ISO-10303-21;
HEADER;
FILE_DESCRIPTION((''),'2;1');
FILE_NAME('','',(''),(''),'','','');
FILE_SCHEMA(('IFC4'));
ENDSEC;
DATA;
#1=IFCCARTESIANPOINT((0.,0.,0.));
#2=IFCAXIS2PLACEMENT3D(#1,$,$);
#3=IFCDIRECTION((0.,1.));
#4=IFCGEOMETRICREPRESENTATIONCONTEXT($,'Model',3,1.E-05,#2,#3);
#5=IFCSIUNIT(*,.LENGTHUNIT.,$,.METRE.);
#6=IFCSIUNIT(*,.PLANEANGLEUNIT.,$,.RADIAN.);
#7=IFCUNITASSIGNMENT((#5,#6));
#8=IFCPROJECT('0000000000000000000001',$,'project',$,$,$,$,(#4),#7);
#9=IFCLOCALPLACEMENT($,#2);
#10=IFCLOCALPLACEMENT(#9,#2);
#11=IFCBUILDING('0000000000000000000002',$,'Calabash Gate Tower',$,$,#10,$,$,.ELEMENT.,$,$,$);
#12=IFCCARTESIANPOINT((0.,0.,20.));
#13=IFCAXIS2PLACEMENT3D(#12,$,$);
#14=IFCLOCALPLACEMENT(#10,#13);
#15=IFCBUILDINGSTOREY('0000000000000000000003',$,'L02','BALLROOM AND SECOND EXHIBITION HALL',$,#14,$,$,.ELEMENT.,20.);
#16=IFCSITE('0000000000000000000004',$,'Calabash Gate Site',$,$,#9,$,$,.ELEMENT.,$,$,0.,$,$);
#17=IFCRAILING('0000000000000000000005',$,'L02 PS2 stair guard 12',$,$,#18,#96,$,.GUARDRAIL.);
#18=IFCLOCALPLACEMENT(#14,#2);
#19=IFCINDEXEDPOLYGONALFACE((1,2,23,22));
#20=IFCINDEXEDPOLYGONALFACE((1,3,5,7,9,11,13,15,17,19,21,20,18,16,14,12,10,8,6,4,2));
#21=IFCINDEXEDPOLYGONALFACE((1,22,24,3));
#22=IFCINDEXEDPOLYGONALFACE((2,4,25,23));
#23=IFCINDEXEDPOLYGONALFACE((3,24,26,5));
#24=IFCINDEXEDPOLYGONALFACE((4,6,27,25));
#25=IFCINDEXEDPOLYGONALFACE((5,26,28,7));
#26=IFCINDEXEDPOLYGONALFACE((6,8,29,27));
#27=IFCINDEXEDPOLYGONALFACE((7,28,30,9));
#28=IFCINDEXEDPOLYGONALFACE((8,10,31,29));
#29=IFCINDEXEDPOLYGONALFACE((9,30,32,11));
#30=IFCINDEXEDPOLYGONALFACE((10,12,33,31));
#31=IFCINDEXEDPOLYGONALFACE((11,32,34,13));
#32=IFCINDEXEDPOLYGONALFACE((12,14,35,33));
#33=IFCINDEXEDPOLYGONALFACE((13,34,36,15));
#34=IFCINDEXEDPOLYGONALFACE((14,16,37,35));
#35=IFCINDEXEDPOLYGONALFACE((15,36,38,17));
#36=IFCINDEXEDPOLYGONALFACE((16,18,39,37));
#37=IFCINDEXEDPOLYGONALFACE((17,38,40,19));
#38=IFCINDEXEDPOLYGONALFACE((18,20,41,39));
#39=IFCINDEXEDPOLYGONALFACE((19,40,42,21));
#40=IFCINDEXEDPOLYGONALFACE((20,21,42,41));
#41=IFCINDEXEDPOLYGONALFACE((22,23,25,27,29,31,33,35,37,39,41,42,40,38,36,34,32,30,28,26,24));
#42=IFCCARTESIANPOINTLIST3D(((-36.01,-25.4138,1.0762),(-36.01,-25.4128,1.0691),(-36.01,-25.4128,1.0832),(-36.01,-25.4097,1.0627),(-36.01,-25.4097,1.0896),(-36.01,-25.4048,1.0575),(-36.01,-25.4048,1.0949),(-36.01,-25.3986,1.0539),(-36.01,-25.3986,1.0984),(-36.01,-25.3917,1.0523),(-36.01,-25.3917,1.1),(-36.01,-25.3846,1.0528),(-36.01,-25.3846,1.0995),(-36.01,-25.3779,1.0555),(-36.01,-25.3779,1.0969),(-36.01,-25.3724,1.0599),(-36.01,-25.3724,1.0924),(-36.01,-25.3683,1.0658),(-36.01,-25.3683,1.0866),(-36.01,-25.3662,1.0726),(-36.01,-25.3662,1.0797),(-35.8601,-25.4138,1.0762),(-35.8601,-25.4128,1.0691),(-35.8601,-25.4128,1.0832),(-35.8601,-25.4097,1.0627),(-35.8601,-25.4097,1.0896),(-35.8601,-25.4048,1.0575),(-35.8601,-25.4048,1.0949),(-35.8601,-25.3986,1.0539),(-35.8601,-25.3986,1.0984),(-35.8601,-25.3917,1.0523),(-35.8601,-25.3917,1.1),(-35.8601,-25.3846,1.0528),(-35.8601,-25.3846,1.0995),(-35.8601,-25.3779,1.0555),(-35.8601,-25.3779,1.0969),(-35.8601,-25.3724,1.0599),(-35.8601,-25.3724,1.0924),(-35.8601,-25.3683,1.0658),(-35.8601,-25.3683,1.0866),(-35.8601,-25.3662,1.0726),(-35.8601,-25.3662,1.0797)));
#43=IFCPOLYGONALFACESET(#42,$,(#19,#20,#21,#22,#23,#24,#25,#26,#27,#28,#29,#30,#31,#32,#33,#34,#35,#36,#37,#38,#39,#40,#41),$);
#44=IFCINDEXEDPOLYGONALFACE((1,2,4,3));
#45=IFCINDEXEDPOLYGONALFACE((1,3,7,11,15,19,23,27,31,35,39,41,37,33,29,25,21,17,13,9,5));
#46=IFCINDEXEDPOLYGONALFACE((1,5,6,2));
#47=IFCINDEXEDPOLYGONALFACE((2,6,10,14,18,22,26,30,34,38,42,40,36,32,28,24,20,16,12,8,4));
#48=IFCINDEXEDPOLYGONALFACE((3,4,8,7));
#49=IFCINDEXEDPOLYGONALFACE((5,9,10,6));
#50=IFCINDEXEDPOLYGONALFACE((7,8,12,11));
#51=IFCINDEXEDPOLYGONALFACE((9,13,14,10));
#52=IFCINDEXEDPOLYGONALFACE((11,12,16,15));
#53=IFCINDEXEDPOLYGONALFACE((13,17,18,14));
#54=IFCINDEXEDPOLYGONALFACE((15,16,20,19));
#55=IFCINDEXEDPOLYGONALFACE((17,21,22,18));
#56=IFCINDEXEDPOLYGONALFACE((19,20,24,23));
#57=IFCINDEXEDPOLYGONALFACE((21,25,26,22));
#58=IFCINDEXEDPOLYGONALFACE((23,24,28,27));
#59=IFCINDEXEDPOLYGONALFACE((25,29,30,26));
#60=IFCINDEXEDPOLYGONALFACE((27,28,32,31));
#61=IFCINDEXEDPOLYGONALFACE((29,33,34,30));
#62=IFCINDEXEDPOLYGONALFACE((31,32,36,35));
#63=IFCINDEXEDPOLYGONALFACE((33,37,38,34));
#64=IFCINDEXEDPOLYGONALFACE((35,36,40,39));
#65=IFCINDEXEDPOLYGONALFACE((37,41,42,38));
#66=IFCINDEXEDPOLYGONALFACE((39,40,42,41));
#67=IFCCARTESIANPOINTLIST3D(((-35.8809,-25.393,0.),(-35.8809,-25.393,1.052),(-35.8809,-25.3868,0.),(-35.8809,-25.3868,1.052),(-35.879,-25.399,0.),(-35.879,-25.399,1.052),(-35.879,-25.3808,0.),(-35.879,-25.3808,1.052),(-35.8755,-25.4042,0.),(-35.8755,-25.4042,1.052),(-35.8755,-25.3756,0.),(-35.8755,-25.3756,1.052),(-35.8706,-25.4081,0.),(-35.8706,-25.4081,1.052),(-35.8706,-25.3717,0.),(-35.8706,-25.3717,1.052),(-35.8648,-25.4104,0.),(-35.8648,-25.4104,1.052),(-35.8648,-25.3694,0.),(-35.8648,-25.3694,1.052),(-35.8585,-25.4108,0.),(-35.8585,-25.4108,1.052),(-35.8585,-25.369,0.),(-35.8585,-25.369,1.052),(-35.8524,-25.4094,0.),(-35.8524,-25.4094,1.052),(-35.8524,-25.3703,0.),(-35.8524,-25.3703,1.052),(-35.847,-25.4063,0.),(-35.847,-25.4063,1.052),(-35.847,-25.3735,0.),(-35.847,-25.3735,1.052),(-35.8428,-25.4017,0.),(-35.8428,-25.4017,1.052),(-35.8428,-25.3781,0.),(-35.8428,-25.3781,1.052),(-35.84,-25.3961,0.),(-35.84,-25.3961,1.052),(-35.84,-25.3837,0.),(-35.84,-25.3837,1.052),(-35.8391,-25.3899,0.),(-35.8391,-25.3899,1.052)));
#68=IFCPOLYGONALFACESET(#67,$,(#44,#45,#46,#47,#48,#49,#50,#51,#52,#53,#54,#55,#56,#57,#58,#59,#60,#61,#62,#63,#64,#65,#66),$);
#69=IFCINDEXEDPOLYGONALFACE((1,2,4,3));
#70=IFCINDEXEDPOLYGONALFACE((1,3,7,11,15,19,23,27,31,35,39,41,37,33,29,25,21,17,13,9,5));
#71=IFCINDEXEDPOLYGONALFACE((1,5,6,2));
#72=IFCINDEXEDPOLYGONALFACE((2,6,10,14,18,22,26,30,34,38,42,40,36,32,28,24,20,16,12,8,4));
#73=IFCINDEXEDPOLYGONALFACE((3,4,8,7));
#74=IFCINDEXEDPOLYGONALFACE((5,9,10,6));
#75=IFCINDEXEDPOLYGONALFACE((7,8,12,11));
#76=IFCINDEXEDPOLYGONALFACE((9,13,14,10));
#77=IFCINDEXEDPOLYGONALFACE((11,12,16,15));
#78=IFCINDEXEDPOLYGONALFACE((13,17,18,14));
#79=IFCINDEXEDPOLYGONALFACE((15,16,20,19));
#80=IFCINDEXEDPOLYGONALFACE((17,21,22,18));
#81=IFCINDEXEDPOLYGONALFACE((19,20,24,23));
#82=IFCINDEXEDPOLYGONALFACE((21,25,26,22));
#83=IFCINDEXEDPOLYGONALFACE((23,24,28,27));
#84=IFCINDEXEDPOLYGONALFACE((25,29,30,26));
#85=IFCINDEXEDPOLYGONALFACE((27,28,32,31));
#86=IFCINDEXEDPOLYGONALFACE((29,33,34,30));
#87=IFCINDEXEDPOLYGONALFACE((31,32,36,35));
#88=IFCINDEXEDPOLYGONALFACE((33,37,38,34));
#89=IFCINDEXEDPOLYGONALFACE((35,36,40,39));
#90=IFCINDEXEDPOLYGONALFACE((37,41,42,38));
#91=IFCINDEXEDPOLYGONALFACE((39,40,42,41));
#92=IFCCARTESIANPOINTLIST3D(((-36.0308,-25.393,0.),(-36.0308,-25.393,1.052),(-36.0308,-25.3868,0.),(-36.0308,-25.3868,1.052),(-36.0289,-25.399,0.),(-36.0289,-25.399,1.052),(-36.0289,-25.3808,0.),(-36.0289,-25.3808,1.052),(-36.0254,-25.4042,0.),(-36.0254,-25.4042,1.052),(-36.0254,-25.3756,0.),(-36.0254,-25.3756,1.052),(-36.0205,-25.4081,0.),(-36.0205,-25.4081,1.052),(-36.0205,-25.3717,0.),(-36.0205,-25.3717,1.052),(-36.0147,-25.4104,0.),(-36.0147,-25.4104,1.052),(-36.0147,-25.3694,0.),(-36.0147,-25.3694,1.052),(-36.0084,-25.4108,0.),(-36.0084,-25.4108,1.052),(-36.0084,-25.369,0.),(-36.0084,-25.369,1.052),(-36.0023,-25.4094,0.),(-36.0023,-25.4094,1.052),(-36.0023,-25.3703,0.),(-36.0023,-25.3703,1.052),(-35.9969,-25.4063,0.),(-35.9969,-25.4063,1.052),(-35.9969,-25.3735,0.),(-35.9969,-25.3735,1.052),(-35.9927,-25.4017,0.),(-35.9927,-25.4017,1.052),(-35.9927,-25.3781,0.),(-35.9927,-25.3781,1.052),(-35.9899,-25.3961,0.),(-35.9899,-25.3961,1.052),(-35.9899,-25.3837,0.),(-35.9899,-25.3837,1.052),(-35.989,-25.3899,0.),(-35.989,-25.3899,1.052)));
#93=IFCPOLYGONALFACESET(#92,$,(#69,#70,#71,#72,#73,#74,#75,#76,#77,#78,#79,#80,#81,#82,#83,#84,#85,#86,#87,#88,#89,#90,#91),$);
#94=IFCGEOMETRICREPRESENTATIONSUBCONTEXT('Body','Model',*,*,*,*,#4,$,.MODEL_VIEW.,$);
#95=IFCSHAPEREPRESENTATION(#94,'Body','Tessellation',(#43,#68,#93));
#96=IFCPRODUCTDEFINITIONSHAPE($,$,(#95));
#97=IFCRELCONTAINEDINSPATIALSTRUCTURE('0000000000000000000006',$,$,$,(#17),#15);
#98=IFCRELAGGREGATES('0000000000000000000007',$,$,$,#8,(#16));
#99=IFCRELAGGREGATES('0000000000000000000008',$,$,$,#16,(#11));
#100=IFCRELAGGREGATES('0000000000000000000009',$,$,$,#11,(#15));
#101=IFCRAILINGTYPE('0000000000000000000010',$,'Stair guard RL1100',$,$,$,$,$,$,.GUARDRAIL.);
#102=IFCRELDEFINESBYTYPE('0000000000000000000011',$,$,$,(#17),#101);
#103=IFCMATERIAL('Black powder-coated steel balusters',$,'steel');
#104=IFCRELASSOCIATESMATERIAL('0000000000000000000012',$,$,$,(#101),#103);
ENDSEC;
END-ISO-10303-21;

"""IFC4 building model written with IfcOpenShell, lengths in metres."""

from ifc_helpers import new_model, si_unit, direction, frame, origin, origin_2d, place, context, subcontext, project, spatial, circle, extrude, material, type_object, element, save


model = new_model("IFC4")

# Units and contexts
model_context = context("Model", 3, precision=1e-05, world=origin(), true_north=direction((0.0, 1.0)))
body_context = subcontext(model_context, "Body", "Model", "MODEL_VIEW")
ifc_project = project(units=[si_unit("LENGTHUNIT", "METRE"), si_unit("PLANEANGLEUNIT", "RADIAN")], contexts=[model_context])

# Site, building, storey
site_placement = place(None, origin())
site = spatial("IfcSite", under=ifc_project, at=site_placement, Name="Calabash Gate Site", CompositionType="ELEMENT", RefElevation=0.0)
building_placement = place(site_placement, origin())
building = spatial("IfcBuilding", under=site, at=building_placement, Name="Calabash Gate Tower", CompositionType="ELEMENT")
storey_placement = place(building_placement, frame((0.0, 0.0, 20.0)))
storey = spatial("IfcBuildingStorey", under=building, at=storey_placement, Name="L02", Description="BALLROOM AND SECOND EXHIBITION HALL", CompositionType="ELEMENT", Elevation=20.0)

# Railing
ifc_material_1 = material(Name="Black powder-coated steel balusters", Category="steel")
railing_type_1 = type_object("IfcRailingType", Name="Stair guard RL1100", PredefinedType="GUARDRAIL", material=ifc_material_1)
for number, where, name in (
    (1, (-35.8601, -25.3899, 0.0), "L02 PS2 stair guard 12"),
):
    element("IfcRailing", number, at=place(storey_placement, frame(where)), inside=storey, type_object=railing_type_1, Name=name, PredefinedType="GUARDRAIL", context=body_context, shape_type="SweptSolid", body=[
        extrude(circle(Radius=0.0239, at=origin_2d()), frame((0.0, 0.0, 1.0762), z_axis=(-1.0, 0.0, 0.0), x_axis=(0.0, -1.0, 0.0)), (0.0, 0.0, 1.0), 0.1499),
        extrude(circle(Radius=0.021, at=origin_2d()), origin(), (0.0, 0.0, 1.0), 1.052),
        extrude(circle(Radius=0.021, at=origin_2d()), frame((-0.1499, 0.0, 0.0)), (0.0, 0.0, 1.0), 1.052),
    ])

save(model, "model.ifc")
